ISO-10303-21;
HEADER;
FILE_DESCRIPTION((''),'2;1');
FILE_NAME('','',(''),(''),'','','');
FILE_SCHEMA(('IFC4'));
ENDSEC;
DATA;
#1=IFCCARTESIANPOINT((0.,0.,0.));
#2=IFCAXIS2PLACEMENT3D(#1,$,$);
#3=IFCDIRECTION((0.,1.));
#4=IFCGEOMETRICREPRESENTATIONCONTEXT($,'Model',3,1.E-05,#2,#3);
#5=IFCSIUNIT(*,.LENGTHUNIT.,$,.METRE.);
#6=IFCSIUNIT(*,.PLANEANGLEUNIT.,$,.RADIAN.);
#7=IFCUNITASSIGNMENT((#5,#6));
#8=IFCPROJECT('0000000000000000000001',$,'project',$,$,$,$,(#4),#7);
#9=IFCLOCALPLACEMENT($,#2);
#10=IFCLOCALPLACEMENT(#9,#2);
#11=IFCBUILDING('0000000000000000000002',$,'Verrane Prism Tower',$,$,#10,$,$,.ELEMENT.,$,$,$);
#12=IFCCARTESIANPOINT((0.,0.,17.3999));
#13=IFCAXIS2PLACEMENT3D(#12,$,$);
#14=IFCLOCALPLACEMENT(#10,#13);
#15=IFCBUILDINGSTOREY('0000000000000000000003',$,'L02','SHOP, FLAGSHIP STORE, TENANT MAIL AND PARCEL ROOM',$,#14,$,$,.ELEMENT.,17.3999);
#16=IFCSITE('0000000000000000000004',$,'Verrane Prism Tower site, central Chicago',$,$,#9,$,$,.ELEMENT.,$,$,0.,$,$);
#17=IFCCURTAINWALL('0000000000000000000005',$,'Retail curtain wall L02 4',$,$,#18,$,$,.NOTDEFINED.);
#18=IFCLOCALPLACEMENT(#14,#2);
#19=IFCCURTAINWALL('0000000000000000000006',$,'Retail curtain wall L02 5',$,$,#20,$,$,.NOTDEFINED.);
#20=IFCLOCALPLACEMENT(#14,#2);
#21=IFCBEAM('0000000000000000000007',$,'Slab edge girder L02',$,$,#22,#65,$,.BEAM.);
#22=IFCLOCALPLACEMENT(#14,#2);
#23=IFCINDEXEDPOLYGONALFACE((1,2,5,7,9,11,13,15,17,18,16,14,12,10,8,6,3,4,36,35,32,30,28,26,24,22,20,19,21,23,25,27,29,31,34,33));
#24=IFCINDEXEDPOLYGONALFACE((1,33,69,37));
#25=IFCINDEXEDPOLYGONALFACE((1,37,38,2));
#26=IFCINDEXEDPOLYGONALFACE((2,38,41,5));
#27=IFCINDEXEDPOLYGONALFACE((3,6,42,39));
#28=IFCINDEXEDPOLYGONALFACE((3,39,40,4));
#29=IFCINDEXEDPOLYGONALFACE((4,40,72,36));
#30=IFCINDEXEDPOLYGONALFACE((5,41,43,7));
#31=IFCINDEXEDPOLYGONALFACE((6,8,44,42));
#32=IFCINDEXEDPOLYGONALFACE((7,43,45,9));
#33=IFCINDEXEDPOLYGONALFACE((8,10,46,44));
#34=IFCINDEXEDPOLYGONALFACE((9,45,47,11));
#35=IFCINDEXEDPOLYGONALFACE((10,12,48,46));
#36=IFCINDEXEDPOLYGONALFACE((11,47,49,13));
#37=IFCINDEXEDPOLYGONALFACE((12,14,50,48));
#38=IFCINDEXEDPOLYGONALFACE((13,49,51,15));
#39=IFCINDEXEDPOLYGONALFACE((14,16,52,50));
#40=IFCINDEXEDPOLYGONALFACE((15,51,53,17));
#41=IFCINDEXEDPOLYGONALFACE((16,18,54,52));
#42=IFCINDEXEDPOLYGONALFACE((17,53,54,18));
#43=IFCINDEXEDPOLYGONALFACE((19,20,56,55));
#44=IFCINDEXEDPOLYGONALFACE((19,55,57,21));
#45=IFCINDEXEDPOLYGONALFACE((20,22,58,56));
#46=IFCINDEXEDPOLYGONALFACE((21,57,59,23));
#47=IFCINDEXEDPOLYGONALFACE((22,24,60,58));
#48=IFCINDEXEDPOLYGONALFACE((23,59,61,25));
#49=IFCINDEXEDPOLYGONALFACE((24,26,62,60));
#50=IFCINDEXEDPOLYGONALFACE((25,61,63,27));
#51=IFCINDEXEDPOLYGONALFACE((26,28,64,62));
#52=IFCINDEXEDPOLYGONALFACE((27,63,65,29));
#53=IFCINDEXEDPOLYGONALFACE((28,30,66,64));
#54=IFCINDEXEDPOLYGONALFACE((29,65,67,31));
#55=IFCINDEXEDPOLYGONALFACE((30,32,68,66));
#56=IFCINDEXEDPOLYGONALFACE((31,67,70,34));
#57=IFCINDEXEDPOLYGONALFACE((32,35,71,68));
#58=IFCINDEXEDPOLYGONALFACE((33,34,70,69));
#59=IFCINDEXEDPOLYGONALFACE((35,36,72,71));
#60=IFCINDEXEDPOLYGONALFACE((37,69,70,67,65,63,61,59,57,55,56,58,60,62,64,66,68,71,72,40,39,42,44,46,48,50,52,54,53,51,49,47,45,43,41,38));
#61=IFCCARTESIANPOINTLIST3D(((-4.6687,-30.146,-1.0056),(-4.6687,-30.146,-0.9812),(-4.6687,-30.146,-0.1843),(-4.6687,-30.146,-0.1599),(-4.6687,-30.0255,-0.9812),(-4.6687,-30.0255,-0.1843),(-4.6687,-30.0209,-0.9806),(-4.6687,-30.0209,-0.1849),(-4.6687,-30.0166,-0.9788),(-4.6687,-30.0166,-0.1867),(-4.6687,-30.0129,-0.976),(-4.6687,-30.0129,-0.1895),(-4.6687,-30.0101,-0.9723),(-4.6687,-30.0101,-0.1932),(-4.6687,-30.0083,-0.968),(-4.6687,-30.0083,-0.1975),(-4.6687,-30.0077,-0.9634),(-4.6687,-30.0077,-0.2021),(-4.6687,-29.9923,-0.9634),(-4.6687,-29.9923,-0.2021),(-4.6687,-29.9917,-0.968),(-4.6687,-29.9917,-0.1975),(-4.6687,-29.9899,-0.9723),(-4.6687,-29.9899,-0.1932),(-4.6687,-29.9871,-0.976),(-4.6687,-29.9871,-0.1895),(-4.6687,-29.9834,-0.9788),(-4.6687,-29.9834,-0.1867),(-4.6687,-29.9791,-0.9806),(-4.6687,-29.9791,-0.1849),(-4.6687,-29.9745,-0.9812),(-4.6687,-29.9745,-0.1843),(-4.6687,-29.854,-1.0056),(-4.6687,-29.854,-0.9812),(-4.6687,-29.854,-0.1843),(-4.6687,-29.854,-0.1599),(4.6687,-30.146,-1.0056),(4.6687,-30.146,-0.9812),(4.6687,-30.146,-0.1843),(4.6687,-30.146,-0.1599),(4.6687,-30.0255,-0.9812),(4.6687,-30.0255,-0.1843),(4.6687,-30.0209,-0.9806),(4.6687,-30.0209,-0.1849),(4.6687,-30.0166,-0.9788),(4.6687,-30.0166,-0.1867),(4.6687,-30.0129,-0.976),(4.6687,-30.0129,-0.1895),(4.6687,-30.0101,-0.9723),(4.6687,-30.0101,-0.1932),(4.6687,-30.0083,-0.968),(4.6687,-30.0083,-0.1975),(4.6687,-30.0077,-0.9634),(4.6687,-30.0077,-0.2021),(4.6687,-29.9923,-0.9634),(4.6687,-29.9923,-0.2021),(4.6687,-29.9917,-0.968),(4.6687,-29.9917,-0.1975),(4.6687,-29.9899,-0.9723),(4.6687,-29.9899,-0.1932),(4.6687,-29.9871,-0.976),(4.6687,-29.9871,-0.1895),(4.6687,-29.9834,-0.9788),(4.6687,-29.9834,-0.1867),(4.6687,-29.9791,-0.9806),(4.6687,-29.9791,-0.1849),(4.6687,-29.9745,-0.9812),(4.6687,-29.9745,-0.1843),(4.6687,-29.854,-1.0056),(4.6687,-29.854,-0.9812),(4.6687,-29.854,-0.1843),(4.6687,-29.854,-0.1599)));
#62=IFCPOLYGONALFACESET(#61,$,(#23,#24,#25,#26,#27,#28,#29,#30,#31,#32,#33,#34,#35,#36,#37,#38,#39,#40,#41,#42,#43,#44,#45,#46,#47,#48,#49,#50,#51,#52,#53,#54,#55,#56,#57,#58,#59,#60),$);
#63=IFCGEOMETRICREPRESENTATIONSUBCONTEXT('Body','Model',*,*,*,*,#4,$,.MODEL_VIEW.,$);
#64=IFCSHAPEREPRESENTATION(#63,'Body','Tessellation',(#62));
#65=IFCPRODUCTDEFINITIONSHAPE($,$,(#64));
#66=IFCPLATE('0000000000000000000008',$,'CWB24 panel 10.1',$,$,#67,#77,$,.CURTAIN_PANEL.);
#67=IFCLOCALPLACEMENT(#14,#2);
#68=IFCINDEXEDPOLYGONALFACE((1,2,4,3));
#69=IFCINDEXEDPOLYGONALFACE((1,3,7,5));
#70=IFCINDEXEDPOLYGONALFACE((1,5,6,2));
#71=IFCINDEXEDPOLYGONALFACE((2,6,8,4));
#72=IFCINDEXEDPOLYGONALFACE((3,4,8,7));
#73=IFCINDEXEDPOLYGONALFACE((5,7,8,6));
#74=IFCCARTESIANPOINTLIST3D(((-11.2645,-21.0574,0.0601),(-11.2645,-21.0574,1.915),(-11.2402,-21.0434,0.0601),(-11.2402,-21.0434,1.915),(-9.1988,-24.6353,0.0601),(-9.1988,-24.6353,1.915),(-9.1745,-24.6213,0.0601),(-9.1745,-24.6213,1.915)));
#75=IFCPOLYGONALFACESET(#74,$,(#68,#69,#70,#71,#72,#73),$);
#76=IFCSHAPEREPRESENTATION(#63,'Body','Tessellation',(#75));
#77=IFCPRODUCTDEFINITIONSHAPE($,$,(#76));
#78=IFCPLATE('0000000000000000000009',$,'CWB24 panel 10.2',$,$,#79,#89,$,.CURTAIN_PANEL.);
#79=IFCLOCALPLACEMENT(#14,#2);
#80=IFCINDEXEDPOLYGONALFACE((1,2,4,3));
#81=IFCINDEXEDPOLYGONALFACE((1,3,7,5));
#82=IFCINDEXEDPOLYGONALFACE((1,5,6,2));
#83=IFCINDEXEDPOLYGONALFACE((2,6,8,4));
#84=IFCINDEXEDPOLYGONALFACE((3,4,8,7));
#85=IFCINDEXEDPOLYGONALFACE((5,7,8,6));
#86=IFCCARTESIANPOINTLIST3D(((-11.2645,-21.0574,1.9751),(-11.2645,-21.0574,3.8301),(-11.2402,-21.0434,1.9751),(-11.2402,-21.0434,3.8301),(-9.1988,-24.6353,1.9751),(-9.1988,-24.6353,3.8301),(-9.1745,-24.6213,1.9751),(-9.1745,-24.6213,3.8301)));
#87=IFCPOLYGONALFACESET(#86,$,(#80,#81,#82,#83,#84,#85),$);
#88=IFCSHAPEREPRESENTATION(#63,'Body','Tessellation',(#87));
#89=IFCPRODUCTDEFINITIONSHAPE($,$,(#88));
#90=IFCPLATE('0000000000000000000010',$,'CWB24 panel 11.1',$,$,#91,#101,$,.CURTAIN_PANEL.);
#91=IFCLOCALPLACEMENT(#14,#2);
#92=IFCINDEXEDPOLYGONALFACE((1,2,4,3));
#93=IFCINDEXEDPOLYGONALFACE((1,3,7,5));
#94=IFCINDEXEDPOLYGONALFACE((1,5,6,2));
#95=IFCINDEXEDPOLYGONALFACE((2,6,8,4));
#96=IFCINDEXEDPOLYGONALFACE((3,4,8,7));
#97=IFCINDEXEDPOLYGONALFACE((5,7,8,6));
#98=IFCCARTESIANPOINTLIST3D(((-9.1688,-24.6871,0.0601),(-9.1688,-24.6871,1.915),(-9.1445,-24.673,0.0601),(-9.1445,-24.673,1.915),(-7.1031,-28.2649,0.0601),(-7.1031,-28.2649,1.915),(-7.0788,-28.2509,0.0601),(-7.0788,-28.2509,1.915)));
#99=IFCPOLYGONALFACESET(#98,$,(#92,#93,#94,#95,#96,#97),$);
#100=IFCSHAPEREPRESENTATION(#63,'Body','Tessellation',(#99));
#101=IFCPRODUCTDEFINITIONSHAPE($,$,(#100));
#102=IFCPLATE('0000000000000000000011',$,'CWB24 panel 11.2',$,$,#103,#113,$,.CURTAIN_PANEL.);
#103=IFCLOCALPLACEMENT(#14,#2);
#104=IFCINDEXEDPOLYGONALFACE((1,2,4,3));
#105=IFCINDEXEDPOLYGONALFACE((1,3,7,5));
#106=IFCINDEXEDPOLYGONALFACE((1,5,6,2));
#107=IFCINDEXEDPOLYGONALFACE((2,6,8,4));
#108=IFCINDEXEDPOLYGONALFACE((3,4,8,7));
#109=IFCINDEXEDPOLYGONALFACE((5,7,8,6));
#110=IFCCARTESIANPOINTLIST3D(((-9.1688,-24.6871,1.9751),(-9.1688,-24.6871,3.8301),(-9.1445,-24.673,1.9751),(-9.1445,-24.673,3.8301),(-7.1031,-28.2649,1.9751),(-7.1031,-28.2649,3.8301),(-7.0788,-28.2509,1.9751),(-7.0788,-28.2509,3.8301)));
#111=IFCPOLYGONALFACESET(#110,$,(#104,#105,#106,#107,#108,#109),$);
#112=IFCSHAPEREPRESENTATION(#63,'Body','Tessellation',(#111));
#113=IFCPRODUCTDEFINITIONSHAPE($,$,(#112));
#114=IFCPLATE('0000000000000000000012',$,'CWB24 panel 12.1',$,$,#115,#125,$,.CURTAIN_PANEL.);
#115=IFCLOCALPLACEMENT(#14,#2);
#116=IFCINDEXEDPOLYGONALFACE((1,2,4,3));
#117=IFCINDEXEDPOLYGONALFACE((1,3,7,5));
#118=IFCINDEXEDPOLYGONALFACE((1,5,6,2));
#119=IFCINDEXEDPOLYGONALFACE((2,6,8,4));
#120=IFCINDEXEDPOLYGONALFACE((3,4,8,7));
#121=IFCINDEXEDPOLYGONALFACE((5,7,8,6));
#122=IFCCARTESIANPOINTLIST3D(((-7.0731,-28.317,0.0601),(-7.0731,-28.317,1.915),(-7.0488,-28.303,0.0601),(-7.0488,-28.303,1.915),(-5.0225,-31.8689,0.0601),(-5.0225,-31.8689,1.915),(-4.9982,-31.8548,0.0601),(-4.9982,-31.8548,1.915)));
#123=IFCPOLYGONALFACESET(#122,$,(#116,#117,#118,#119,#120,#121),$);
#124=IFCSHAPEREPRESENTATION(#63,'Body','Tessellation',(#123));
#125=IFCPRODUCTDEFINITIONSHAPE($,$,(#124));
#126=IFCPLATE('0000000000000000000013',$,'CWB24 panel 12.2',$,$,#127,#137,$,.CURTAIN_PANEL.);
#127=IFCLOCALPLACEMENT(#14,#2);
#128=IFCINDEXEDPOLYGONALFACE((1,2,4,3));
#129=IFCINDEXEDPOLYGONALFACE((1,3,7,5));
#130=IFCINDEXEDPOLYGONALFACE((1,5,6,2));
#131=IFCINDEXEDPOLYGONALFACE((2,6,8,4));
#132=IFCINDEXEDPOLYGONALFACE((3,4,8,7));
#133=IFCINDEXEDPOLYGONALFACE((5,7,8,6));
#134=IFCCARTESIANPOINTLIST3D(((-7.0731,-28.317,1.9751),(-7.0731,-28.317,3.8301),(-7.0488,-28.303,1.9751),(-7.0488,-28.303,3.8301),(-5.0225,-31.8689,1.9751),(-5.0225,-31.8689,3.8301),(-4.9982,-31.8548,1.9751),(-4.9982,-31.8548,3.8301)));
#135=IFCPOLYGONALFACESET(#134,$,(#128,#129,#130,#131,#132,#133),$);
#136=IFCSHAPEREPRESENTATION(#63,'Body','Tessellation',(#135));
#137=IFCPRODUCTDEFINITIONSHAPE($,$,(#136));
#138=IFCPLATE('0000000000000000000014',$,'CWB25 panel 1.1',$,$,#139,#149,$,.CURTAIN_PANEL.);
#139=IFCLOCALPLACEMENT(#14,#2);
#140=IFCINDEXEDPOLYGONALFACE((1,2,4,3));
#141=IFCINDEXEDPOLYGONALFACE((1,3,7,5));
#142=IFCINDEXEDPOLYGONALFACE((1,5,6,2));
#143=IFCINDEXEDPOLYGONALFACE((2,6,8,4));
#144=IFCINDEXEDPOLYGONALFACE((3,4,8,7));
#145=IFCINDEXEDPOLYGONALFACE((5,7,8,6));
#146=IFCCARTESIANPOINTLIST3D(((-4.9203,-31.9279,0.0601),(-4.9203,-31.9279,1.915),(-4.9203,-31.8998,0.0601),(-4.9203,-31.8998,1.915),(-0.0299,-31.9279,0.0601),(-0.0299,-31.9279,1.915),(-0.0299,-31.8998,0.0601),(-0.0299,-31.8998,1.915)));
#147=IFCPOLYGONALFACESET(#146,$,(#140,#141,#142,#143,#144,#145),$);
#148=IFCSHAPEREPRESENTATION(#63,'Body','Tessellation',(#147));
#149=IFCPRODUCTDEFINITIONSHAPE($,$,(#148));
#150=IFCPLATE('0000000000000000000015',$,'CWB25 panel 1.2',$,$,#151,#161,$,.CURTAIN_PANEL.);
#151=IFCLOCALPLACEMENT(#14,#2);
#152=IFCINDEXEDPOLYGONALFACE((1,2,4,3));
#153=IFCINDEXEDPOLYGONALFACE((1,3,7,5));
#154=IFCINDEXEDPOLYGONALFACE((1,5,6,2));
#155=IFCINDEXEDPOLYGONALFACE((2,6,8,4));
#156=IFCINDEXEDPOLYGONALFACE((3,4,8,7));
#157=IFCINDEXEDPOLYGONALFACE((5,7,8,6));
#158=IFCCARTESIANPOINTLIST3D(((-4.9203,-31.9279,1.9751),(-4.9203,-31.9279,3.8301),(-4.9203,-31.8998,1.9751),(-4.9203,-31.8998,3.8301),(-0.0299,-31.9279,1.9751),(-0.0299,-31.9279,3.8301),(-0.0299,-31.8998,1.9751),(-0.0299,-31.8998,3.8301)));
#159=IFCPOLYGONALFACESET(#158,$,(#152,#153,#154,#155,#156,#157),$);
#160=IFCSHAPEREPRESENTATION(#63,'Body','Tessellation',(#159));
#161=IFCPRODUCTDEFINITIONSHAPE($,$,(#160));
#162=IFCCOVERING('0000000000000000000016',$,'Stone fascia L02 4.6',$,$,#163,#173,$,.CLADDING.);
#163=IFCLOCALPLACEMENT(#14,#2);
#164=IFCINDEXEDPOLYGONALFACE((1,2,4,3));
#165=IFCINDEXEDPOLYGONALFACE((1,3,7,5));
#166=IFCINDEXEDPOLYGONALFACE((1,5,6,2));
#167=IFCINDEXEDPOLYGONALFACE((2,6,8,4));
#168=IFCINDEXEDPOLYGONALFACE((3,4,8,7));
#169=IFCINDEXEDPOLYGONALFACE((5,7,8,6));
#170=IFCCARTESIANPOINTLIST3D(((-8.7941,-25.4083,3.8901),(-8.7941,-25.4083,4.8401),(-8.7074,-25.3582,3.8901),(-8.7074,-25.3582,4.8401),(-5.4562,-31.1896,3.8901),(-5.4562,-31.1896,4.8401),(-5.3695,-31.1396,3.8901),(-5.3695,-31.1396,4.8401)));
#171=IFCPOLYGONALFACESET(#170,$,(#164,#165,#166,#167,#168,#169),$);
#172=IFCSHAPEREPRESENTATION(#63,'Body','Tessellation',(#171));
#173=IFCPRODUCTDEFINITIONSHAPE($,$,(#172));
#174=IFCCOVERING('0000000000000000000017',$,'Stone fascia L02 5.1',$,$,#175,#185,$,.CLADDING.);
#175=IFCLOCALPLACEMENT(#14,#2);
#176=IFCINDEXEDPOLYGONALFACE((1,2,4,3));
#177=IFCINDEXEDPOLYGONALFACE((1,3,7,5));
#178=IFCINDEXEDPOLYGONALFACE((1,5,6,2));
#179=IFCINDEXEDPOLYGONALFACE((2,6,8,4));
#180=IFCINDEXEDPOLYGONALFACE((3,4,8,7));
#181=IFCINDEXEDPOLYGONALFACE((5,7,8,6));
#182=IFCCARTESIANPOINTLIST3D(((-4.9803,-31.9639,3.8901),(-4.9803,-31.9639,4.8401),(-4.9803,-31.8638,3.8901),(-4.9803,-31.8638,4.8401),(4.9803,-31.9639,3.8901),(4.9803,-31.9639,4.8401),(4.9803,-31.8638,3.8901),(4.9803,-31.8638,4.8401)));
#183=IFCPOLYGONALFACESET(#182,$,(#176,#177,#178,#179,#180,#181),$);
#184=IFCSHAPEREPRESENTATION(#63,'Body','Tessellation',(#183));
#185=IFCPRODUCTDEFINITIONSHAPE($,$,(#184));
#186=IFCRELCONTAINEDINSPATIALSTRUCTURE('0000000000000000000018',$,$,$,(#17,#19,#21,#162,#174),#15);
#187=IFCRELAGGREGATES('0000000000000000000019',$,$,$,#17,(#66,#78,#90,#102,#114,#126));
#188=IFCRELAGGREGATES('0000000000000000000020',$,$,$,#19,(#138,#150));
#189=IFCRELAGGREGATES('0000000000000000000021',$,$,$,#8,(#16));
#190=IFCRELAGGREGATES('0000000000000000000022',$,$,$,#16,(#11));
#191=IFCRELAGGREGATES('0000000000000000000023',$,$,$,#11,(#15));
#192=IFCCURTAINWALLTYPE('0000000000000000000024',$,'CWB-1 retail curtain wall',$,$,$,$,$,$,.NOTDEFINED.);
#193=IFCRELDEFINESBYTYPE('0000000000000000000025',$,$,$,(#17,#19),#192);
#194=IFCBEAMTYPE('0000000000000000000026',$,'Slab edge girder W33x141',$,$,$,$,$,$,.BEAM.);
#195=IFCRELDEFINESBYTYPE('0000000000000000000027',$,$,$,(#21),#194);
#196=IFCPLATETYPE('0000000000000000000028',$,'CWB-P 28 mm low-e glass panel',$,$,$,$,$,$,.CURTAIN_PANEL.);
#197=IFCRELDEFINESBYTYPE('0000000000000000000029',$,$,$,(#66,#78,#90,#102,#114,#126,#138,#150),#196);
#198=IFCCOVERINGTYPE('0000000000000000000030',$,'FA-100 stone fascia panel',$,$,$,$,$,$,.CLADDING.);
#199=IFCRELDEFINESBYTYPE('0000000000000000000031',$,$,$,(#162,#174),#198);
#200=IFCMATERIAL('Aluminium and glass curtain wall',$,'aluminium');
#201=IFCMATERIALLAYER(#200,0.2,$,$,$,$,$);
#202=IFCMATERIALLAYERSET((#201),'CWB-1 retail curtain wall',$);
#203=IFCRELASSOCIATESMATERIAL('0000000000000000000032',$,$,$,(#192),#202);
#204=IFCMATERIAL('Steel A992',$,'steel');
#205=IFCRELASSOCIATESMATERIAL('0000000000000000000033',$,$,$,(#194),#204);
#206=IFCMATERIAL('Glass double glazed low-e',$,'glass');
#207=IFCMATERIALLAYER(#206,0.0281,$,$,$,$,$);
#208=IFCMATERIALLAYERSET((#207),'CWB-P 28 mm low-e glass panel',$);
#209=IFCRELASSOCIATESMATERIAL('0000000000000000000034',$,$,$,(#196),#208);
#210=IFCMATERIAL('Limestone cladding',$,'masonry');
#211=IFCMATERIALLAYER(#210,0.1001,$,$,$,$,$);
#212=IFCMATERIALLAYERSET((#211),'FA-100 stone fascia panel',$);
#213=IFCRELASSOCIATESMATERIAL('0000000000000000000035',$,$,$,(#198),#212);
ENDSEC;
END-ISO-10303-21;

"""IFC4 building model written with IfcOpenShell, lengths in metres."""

from ifc_helpers import new_model, si_unit, direction, frame, origin, origin_2d, place, context, subcontext, project, spatial, rectangle, i_section, extrude, material, layer, layer_set, material_profile, profile_set, type_object, element, aggregate, save


model = new_model("IFC4")

# Units and contexts
model_context = context("Model", 3, precision=1e-05, world=origin(), true_north=direction((0.0, 1.0)))
body_context = subcontext(model_context, "Body", "Model", "MODEL_VIEW")
ifc_project = project(units=[si_unit("LENGTHUNIT", "METRE"), si_unit("PLANEANGLEUNIT", "RADIAN")], contexts=[model_context])

# Site, building, storey
site_placement = place(None, origin())
site = spatial("IfcSite", under=ifc_project, at=site_placement, Name="Verrane Prism Tower site, central Chicago", CompositionType="ELEMENT", RefElevation=0.0)
building_placement = place(site_placement, origin())
building = spatial("IfcBuilding", under=site, at=building_placement, Name="Verrane Prism Tower", CompositionType="ELEMENT")
storey_placement = place(building_placement, frame((0.0, 0.0, 17.3999)))
storey = spatial("IfcBuildingStorey", under=building, at=storey_placement, Name="L02", Description="SHOP, FLAGSHIP STORE, TENANT MAIL AND PARCEL ROOM", CompositionType="ELEMENT", Elevation=17.3999)

# Curtain walls
ifc_material_1 = material(Name="Aluminium and glass curtain wall", Category="aluminium")
ifc_layer_1 = layer(ifc_material_1, 0.2)
ifc_layer_set_1 = layer_set([ifc_layer_1], Name="CWB-1 retail curtain wall")
curtain_wall_type = type_object("IfcCurtainWallType", Name="CWB-1 retail curtain wall", PredefinedType="NOTDEFINED", material=ifc_layer_set_1)
curtain_wall_1_placement = place(storey_placement, origin())
curtain_wall_1 = element("IfcCurtainWall", 1, at=curtain_wall_1_placement, inside=storey, type_object=curtain_wall_type, Name="Retail curtain wall L02 4", PredefinedType="NOTDEFINED")
curtain_wall_2_placement = place(storey_placement, origin())
curtain_wall_2 = element("IfcCurtainWall", 2, at=curtain_wall_2_placement, inside=storey, type_object=curtain_wall_type, Name="Retail curtain wall L02 5", PredefinedType="NOTDEFINED")

# Beam
ifc_material_2 = material(Name="Steel A992", Category="steel")
ifc_material_profile_1 = material_profile(ifc_material_2, i_section(OverallWidth=0.292, OverallDepth=0.8457, WebThickness=0.0154, FlangeThickness=0.0244, FilletRadius=0.0178, at=origin_2d()), Name="W33x141")
ifc_profile_set_1 = profile_set([ifc_material_profile_1], Name="Steel A992")
beam_type_1 = type_object("IfcBeamType", Name="Slab edge girder W33x141", PredefinedType="BEAM", material=ifc_profile_set_1)
beam_1_placement = place(storey_placement, frame((-4.6687, -30.0, -0.5828), z_axis=(1.0, 0.0, 0.0), x_axis=(0.0, 1.0, 0.0)))
element("IfcBeam", 3, at=beam_1_placement, inside=storey, type_object=beam_type_1, Name="Slab edge girder L02", PredefinedType="BEAM", context=body_context, shape_type="SweptSolid", body=[
    extrude(i_section(OverallWidth=0.292, OverallDepth=0.8457, WebThickness=0.0154, FlangeThickness=0.0244, FilletRadius=0.0178, at=origin_2d()), origin(), (0.0, 0.0, 1.0), 9.3374),
])

# Plates
ifc_material_3 = material(Name="Glass double glazed low-e", Category="glass")
ifc_layer_2 = layer(ifc_material_3, 0.0281)
ifc_layer_set_2 = layer_set([ifc_layer_2], Name="CWB-P 28 mm low-e glass panel")
plate_type = type_object("IfcPlateType", Name="CWB-P 28 mm low-e glass panel", PredefinedType="CURTAIN_PANEL", material=ifc_layer_set_2)
plate_1_placement = place(storey_placement, frame((-10.2195, -22.8394, 0.0601), z_axis=(0.0, 0.0, 1.0), x_axis=(0.5, -0.866025, 0.0)))
plate_1 = element("IfcPlate", 4, at=plate_1_placement, type_object=plate_type, Name="CWB24 panel 10.1", PredefinedType="CURTAIN_PANEL", context=body_context, shape_type="SweptSolid", body=[
    extrude(rectangle(XDim=4.1313, YDim=0.0281, at=origin_2d()), origin(), (0.0, 0.0, 1.0), 1.855),
])
plate_2_placement = place(storey_placement, frame((-10.2195, -22.8394, 1.9751), z_axis=(0.0, 0.0, 1.0), x_axis=(0.5, -0.866025, 0.0)))
plate_2 = element("IfcPlate", 5, at=plate_2_placement, type_object=plate_type, Name="CWB24 panel 10.2", PredefinedType="CURTAIN_PANEL", context=body_context, shape_type="SweptSolid", body=[
    extrude(rectangle(XDim=4.1313, YDim=0.0281, at=origin_2d()), origin(), (0.0, 0.0, 1.0), 1.855),
])
plate_3_placement = place(storey_placement, frame((-8.1238, -26.469, 0.0601), z_axis=(0.0, 0.0, 1.0), x_axis=(0.5, -0.866025, 0.0)))
plate_3 = element("IfcPlate", 6, at=plate_3_placement, type_object=plate_type, Name="CWB24 panel 11.1", PredefinedType="CURTAIN_PANEL", context=body_context, shape_type="SweptSolid", body=[
    extrude(rectangle(XDim=4.1313, YDim=0.0281, at=origin_2d()), origin(), (0.0, 0.0, 1.0), 1.855),
])
plate_4_placement = place(storey_placement, frame((-8.1238, -26.469, 1.9751), z_axis=(0.0, 0.0, 1.0), x_axis=(0.5, -0.866025, 0.0)))
plate_4 = element("IfcPlate", 7, at=plate_4_placement, type_object=plate_type, Name="CWB24 panel 11.2", PredefinedType="CURTAIN_PANEL", context=body_context, shape_type="SweptSolid", body=[
    extrude(rectangle(XDim=4.1313, YDim=0.0281, at=origin_2d()), origin(), (0.0, 0.0, 1.0), 1.855),
])
plate_5_placement = place(storey_placement, frame((-6.0356, -30.0859, 0.0601), z_axis=(0.0, 0.0, 1.0), x_axis=(0.5, -0.866025, 0.0)))
plate_5 = element("IfcPlate", 8, at=plate_5_placement, type_object=plate_type, Name="CWB24 panel 12.1", PredefinedType="CURTAIN_PANEL", context=body_context, shape_type="SweptSolid", body=[
    extrude(rectangle(XDim=4.1013, YDim=0.0281, at=origin_2d()), origin(), (0.0, 0.0, 1.0), 1.855),
])
plate_6_placement = place(storey_placement, frame((-6.0356, -30.0859, 1.9751), z_axis=(0.0, 0.0, 1.0), x_axis=(0.5, -0.866025, 0.0)))
plate_6 = element("IfcPlate", 9, at=plate_6_placement, type_object=plate_type, Name="CWB24 panel 12.2", PredefinedType="CURTAIN_PANEL", context=body_context, shape_type="SweptSolid", body=[
    extrude(rectangle(XDim=4.1013, YDim=0.0281, at=origin_2d()), origin(), (0.0, 0.0, 1.0), 1.855),
])
aggregate(curtain_wall_1, [plate_1, plate_2, plate_3, plate_4, plate_5, plate_6])
plate_7_placement = place(storey_placement, frame((-2.4751, -31.9138, 0.0601), z_axis=(0.0, 0.0, 1.0), x_axis=(1.0, 0.0, 0.0)))
plate_7 = element("IfcPlate", 10, at=plate_7_placement, type_object=plate_type, Name="CWB25 panel 1.1", PredefinedType="CURTAIN_PANEL", context=body_context, shape_type="SweptSolid", body=[
    extrude(rectangle(XDim=4.8904, YDim=0.0281, at=origin_2d()), origin(), (0.0, 0.0, 1.0), 1.855),
])
plate_8_placement = place(storey_placement, frame((-2.4751, -31.9138, 1.9751), z_axis=(0.0, 0.0, 1.0), x_axis=(1.0, 0.0, 0.0)))
plate_8 = element("IfcPlate", 11, at=plate_8_placement, type_object=plate_type, Name="CWB25 panel 1.2", PredefinedType="CURTAIN_PANEL", context=body_context, shape_type="SweptSolid", body=[
    extrude(rectangle(XDim=4.8904, YDim=0.0281, at=origin_2d()), origin(), (0.0, 0.0, 1.0), 1.855),
])
aggregate(curtain_wall_2, [plate_7, plate_8])

# Coverings
ifc_material_4 = material(Name="Limestone cladding", Category="masonry")
ifc_layer_3 = layer(ifc_material_4, 0.1001)
ifc_layer_set_3 = layer_set([ifc_layer_3], Name="FA-100 stone fascia panel")
covering_type = type_object("IfcCoveringType", Name="FA-100 stone fascia panel", PredefinedType="CLADDING", material=ifc_layer_set_3)
covering_1_placement = place(storey_placement, frame((-7.0818, -28.2739, 3.8901), z_axis=(0.0, 0.0, 1.0), x_axis=(0.5, -0.866025, 0.0)))
element("IfcCovering", 12, at=covering_1_placement, inside=storey, type_object=covering_type, Name="Stone fascia L02 4.6", PredefinedType="CLADDING", context=body_context, shape_type="SweptSolid", body=[
    extrude(rectangle(XDim=6.6758, YDim=0.1001, at=origin_2d()), origin(), (0.0, 0.0, 1.0), 0.95),
])
covering_2_placement = place(storey_placement, frame((0.0, -31.9138, 3.8901), z_axis=(0.0, 0.0, 1.0), x_axis=(1.0, 0.0, 0.0)))
element("IfcCovering", 13, at=covering_2_placement, inside=storey, type_object=covering_type, Name="Stone fascia L02 5.1", PredefinedType="CLADDING", context=body_context, shape_type="SweptSolid", body=[
    extrude(rectangle(XDim=9.9607, YDim=0.1001, at=origin_2d()), origin(), (0.0, 0.0, 1.0), 0.95),
])

save(model, "model.ifc")
